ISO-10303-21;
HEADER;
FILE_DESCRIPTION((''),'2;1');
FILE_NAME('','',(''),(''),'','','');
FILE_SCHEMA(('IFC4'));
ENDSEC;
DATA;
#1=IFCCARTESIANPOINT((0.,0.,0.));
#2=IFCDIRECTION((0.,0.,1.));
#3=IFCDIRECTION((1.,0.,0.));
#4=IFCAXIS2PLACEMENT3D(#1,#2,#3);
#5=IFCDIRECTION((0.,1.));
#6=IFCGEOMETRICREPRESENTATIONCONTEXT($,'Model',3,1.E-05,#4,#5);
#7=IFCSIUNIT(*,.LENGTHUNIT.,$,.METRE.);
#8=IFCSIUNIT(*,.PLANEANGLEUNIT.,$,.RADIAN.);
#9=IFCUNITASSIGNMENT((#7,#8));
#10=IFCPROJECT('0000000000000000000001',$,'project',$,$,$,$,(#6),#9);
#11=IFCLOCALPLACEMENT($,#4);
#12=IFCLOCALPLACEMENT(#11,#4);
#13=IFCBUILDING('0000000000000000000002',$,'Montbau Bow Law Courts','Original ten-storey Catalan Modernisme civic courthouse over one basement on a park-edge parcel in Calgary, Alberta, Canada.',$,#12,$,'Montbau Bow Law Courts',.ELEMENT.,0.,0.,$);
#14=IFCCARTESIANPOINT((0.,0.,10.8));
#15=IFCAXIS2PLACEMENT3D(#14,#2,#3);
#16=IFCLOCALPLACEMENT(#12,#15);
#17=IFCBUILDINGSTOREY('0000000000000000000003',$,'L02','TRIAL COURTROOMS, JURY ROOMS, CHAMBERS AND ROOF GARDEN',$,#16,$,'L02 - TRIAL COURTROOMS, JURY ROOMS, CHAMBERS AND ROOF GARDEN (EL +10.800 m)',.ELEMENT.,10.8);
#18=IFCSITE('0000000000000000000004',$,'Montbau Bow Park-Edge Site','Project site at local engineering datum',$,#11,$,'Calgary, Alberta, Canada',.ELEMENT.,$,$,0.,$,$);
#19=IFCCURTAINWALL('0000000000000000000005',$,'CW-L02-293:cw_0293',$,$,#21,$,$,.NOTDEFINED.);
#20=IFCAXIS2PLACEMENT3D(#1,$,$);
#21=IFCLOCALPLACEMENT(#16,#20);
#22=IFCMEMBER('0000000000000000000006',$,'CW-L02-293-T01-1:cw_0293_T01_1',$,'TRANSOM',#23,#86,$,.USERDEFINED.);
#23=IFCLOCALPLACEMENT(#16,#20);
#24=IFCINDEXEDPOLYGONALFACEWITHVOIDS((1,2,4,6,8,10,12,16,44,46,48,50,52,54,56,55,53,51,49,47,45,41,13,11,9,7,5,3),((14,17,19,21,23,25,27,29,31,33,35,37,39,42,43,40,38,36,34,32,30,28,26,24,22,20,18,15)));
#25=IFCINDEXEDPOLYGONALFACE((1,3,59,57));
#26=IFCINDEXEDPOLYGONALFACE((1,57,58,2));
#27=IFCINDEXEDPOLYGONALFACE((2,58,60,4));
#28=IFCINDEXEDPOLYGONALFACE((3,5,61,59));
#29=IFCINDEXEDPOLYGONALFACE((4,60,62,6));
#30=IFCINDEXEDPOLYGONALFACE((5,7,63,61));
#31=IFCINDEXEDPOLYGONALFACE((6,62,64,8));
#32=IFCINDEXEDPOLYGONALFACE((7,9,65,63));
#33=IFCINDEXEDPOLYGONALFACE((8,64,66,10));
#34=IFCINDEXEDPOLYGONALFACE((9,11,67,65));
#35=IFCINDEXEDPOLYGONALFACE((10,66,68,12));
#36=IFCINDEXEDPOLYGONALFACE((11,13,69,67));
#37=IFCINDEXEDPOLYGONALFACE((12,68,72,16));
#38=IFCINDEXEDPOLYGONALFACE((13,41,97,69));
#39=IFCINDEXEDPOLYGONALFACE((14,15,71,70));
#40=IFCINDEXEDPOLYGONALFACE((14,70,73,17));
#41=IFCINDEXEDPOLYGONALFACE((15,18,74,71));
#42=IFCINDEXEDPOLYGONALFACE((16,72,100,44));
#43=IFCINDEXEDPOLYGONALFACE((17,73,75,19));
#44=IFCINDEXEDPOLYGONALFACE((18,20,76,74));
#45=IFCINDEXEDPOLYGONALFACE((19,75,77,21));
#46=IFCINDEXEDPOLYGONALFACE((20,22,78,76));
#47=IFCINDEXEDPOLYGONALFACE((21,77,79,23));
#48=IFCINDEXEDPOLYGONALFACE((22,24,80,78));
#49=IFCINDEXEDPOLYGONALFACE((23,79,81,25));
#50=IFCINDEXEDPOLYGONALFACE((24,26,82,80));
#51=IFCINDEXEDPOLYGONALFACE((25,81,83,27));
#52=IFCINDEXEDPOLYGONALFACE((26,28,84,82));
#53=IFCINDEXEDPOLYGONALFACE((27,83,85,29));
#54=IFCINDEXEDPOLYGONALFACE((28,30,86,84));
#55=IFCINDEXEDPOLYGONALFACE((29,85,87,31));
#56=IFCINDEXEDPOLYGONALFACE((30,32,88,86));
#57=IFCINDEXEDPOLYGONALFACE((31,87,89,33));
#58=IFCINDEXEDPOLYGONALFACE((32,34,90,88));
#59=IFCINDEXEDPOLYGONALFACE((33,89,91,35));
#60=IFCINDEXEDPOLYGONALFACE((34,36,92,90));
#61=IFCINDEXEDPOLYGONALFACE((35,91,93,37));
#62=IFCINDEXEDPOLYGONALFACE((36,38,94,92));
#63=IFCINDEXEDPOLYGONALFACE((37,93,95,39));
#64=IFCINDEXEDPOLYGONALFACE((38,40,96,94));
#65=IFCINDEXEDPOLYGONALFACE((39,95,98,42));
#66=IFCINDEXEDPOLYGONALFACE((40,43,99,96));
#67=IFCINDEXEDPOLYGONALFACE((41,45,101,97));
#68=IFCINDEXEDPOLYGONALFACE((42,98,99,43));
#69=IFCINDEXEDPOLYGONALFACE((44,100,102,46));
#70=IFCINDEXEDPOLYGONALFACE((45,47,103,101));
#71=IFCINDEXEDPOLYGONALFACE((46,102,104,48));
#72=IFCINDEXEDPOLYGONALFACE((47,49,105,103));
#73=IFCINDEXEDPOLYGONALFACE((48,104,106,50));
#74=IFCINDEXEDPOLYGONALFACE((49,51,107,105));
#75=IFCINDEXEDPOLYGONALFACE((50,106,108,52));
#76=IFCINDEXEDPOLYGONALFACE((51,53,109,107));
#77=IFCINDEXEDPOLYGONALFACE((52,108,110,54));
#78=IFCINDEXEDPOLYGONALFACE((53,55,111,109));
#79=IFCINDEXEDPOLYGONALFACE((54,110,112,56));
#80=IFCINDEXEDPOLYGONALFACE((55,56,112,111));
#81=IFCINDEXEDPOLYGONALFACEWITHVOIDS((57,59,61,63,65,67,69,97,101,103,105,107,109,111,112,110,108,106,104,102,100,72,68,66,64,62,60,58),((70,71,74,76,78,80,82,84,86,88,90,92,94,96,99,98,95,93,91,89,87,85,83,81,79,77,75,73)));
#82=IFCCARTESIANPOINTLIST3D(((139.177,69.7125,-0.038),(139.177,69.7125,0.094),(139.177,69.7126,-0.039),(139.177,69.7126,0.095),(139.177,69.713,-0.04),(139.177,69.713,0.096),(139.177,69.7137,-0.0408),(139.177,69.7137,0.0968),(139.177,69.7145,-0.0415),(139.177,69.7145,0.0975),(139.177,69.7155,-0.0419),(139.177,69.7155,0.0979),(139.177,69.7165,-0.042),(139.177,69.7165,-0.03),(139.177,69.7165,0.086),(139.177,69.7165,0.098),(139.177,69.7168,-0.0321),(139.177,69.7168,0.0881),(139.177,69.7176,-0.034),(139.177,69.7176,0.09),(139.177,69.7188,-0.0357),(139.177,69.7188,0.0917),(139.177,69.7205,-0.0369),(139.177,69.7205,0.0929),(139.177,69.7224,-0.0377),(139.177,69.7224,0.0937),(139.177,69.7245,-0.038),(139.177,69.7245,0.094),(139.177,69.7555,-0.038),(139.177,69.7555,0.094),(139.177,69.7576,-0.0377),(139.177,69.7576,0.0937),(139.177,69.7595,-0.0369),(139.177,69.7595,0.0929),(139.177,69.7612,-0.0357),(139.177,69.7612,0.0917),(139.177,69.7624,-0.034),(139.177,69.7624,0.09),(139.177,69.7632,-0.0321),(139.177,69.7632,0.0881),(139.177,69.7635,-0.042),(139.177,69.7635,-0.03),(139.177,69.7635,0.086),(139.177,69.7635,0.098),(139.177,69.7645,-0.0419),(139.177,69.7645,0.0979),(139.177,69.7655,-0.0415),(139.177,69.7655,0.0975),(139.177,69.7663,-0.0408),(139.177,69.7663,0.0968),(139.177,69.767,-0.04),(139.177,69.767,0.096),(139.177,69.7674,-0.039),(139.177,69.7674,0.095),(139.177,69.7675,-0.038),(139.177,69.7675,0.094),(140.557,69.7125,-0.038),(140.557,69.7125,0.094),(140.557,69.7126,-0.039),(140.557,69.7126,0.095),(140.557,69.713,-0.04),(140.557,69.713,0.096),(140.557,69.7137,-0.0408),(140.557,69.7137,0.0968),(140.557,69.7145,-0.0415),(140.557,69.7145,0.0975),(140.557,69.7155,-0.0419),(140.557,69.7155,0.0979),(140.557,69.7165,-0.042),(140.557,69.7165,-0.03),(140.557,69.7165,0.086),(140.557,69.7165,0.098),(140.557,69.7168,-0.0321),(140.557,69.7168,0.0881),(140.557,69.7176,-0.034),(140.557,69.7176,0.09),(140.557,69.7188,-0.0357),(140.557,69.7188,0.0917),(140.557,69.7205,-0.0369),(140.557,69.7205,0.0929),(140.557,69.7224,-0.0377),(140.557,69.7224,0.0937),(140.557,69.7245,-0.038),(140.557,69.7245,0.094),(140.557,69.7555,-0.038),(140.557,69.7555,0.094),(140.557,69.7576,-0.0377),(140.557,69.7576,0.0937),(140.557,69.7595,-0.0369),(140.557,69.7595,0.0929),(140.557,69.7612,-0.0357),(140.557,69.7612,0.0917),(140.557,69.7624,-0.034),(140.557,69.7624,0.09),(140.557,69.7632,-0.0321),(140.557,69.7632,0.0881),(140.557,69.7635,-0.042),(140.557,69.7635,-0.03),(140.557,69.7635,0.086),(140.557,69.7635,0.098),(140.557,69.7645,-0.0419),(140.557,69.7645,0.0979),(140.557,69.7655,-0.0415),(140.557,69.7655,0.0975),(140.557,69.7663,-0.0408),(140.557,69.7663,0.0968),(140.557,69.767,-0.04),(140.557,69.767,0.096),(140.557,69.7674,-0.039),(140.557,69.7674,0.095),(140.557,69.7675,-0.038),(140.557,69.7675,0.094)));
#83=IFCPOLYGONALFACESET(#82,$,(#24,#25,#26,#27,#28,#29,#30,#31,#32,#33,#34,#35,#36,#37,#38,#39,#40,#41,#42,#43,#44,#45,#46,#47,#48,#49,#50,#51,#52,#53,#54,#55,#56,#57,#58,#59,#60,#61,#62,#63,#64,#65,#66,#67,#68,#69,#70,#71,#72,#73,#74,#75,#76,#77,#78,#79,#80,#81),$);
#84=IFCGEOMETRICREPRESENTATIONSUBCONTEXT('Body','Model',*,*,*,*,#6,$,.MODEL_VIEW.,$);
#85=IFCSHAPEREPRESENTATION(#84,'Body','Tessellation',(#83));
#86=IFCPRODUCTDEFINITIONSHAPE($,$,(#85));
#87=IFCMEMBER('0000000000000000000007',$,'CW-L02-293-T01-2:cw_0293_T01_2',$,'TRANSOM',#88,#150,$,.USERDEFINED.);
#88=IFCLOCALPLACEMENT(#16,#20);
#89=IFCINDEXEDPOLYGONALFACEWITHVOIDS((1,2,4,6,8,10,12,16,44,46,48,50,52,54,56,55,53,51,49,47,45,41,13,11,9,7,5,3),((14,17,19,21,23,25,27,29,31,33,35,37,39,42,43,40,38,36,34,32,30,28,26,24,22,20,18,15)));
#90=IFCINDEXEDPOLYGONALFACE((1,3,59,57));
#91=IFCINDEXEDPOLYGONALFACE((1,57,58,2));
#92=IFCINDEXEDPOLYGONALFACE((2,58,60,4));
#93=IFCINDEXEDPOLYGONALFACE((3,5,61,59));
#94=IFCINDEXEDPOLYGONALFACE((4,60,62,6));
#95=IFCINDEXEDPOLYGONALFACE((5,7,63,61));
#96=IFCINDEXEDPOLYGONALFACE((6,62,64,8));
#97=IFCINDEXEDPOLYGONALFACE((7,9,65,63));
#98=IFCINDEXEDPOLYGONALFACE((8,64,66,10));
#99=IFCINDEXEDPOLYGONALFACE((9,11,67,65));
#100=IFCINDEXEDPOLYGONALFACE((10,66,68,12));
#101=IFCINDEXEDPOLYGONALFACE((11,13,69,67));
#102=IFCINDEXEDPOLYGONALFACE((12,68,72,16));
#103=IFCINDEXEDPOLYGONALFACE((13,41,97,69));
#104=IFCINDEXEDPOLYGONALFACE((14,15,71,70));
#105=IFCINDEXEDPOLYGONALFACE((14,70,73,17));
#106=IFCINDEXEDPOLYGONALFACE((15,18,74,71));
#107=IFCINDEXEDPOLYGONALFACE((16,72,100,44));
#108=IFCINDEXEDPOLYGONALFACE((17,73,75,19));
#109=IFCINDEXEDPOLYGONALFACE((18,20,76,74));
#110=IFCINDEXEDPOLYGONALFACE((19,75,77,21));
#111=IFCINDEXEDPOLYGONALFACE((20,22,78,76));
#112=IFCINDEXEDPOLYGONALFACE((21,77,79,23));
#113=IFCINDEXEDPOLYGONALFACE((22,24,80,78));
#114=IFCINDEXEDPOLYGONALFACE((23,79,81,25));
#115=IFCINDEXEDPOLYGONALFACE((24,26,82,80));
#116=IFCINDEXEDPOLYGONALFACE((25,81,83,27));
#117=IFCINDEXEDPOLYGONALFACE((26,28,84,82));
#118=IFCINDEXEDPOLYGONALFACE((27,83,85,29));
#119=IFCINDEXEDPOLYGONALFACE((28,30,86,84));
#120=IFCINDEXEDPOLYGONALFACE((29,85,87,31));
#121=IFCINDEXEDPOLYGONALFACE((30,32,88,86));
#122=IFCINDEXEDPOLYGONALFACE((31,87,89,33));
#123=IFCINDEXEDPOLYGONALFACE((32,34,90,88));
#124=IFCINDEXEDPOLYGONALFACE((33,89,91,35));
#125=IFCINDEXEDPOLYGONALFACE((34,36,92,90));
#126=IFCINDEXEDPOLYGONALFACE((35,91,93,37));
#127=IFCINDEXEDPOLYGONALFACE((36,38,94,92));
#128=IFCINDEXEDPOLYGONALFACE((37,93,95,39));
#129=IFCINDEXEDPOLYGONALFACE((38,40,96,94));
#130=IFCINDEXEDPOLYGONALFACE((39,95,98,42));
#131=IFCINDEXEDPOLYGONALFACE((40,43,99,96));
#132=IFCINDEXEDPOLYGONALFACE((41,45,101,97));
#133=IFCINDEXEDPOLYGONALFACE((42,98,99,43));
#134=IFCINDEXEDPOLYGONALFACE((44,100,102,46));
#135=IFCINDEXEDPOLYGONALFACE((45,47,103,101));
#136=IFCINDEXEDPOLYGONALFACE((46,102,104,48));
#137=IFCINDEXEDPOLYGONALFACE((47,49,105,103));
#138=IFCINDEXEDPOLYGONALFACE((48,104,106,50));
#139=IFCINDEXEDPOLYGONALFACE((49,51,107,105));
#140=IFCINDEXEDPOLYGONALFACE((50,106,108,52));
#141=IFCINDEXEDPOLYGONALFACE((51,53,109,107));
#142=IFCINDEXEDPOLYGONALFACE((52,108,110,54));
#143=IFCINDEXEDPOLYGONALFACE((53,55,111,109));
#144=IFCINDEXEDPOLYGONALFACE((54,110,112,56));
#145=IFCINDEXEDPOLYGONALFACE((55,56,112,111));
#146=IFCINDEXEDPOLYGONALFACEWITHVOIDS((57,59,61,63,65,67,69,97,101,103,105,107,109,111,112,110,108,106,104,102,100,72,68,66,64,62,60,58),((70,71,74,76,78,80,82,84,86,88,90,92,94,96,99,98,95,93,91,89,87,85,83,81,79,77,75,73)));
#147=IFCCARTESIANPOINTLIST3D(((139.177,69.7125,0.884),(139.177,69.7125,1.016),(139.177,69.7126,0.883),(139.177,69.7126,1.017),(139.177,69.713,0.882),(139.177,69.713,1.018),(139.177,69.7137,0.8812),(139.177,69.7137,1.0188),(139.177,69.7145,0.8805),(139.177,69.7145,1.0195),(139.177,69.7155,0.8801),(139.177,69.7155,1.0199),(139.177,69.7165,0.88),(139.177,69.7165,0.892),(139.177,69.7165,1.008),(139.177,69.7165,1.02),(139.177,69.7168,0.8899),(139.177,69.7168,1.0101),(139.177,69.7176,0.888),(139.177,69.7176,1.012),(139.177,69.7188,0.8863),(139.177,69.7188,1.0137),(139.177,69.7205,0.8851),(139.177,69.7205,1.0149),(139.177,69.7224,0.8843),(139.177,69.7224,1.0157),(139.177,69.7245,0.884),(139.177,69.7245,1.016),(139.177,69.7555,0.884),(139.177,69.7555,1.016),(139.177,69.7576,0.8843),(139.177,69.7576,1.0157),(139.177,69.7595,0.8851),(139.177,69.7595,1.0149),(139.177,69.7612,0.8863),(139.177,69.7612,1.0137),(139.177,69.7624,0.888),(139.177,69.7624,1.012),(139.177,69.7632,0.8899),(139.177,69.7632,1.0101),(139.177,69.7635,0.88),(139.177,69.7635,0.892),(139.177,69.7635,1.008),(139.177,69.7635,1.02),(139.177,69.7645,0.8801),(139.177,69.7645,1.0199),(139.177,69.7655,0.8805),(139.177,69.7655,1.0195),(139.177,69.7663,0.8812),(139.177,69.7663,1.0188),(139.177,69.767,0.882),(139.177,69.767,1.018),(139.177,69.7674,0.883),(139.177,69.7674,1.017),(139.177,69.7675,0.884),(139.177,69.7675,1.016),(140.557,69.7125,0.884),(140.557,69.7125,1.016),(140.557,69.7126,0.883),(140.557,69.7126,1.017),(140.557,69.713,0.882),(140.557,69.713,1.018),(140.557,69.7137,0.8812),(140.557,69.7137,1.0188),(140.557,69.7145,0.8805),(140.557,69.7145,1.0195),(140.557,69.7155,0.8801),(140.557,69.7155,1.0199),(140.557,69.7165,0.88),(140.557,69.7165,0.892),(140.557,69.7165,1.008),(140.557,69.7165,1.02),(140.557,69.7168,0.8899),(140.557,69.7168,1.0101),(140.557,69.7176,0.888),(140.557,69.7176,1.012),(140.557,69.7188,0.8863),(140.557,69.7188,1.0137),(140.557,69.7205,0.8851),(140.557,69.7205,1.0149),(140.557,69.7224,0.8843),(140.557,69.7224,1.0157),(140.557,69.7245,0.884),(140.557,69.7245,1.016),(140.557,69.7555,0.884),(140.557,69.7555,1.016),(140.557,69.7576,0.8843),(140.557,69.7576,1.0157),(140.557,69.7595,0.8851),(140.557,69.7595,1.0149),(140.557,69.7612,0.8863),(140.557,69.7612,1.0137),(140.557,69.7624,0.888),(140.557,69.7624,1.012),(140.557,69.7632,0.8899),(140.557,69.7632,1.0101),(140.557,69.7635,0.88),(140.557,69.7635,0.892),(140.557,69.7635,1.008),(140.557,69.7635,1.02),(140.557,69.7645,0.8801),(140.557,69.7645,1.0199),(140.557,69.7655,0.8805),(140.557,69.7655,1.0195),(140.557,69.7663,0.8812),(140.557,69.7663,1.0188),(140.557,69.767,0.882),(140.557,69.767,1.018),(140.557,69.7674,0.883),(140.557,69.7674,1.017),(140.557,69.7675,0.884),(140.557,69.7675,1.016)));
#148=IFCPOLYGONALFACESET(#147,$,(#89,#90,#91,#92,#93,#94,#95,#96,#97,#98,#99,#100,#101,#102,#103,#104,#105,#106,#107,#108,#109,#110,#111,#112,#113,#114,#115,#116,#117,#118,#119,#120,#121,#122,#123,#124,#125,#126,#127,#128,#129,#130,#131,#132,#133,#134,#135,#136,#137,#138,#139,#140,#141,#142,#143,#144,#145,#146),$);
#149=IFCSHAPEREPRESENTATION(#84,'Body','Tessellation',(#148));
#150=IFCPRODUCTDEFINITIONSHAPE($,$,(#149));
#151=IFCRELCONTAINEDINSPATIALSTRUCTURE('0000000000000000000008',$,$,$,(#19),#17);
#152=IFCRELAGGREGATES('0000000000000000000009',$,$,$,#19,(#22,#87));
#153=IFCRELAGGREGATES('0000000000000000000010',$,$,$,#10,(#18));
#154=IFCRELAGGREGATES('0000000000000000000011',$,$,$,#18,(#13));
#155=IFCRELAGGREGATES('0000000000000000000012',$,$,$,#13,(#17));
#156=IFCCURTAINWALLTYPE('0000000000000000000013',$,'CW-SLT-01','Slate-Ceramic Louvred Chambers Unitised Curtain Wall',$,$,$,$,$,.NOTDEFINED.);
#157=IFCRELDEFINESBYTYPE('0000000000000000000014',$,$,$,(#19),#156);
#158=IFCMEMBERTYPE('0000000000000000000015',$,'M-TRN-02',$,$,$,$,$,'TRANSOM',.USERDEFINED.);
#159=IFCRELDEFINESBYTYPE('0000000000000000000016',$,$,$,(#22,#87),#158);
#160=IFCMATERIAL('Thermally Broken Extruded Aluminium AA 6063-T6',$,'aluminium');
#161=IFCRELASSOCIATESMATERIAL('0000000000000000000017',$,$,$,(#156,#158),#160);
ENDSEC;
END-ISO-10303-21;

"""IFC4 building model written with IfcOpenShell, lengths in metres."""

from ifc_helpers import new_model, si_unit, direction, frame, origin_with_axes, origin_2d_with_axis, place, context, subcontext, project, spatial, hollow_rectangle, extrude, material, material_profile, profile_set, type_object, element, aggregate, save


model = new_model("IFC4")

# Units and contexts
model_context = context("Model", 3, precision=1e-05, world=origin_with_axes(), true_north=direction((0.0, 1.0)))
body_context = subcontext(model_context, "Body", "Model", "MODEL_VIEW")
ifc_project = project(units=[si_unit("LENGTHUNIT", "METRE"), si_unit("PLANEANGLEUNIT", "RADIAN")], contexts=[model_context])

# Site, building, storey
site_placement = place(None, origin_with_axes())
site = spatial("IfcSite", under=ifc_project, at=site_placement, Name="Montbau Bow Park-Edge Site", Description="Project site at local engineering datum", LongName="Calgary, Alberta, Canada", CompositionType="ELEMENT", RefElevation=0.0)
building_placement = place(site_placement, origin_with_axes())
building = spatial("IfcBuilding", under=site, at=building_placement, Name="Montbau Bow Law Courts", Description="Original ten-storey Catalan Modernisme civic courthouse over one basement on a park-edge parcel in Calgary, Alberta, Canada.", LongName="Montbau Bow Law Courts", CompositionType="ELEMENT", ElevationOfRefHeight=0.0, ElevationOfTerrain=0.0)
storey_placement = place(building_placement, frame((0.0, 0.0, 10.8), z_axis=(0.0, 0.0, 1.0), x_axis=(1.0, 0.0, 0.0)))
storey = spatial("IfcBuildingStorey", under=building, at=storey_placement, Name="L02", Description="TRIAL COURTROOMS, JURY ROOMS, CHAMBERS AND ROOF GARDEN", LongName="L02 - TRIAL COURTROOMS, JURY ROOMS, CHAMBERS AND ROOF GARDEN (EL +10.800 m)", CompositionType="ELEMENT", Elevation=10.8)

# Shared definitions
ifc_material_1 = material(Name="Thermally Broken Extruded Aluminium AA 6063-T6", Category="aluminium")
curtain_wall_type = type_object("IfcCurtainWallType", Name="CW-SLT-01", Description="Slate-Ceramic Louvred Chambers Unitised Curtain Wall", PredefinedType="NOTDEFINED", material=ifc_material_1)

# Curtain wall, members
curtain_wall_1_placement = place(None, frame((139.115, 69.74, 10.8), z_axis=(0.0, 0.0, 1.0), x_axis=(1.0, 0.0, 0.0)))
curtain_wall_1 = element("IfcCurtainWall", 1, at=curtain_wall_1_placement, inside=storey, type_object=curtain_wall_type, Name="CW-L02-293:cw_0293", PredefinedType="NOTDEFINED")
ifc_material_profile_1 = material_profile(ifc_material_1, hollow_rectangle(XDim=0.055, YDim=0.14, WallThickness=0.004, InnerFilletRadius=0.008, OuterFilletRadius=0.004, at=origin_2d_with_axis()), Name="CWT-140X55", Category="Main", Priority=0)
ifc_profile_set_1 = profile_set([ifc_material_profile_1], Name="Thermally Broken Extruded Aluminium AA 6063-T6")
member_type_1 = type_object("IfcMemberType", Name="M-TRN-02", ElementType="TRANSOM", PredefinedType="USERDEFINED", material=ifc_profile_set_1)
member_1_placement = place(None, frame((139.177, 69.74, 10.828), z_axis=(1.0, 0.0, 0.0), x_axis=(0.0, 1.0, 0.0)))
member_1 = element("IfcMember", 2, at=member_1_placement, type_object=member_type_1, Name="CW-L02-293-T01-1:cw_0293_T01_1", ObjectType="TRANSOM", PredefinedType="USERDEFINED", context=body_context, shape_type="SweptSolid", body=[
    extrude(hollow_rectangle(XDim=0.055, YDim=0.14, WallThickness=0.004, InnerFilletRadius=0.008, OuterFilletRadius=0.004, at=origin_2d_with_axis()), origin_with_axes(), (0.0, 0.0, 1.0), 1.38),
])
member_2_placement = place(None, frame((139.177, 69.74, 11.75), z_axis=(1.0, 0.0, 0.0), x_axis=(0.0, 1.0, 0.0)))
member_2 = element("IfcMember", 3, at=member_2_placement, type_object=member_type_1, Name="CW-L02-293-T01-2:cw_0293_T01_2", ObjectType="TRANSOM", PredefinedType="USERDEFINED", context=body_context, shape_type="SweptSolid", body=[
    extrude(hollow_rectangle(XDim=0.055, YDim=0.14, WallThickness=0.004, InnerFilletRadius=0.008, OuterFilletRadius=0.004, at=origin_2d_with_axis()), origin_with_axes(), (0.0, 0.0, 1.0), 1.38),
])

aggregate(curtain_wall_1, [member_1, member_2])

save(model, "model.ifc")
